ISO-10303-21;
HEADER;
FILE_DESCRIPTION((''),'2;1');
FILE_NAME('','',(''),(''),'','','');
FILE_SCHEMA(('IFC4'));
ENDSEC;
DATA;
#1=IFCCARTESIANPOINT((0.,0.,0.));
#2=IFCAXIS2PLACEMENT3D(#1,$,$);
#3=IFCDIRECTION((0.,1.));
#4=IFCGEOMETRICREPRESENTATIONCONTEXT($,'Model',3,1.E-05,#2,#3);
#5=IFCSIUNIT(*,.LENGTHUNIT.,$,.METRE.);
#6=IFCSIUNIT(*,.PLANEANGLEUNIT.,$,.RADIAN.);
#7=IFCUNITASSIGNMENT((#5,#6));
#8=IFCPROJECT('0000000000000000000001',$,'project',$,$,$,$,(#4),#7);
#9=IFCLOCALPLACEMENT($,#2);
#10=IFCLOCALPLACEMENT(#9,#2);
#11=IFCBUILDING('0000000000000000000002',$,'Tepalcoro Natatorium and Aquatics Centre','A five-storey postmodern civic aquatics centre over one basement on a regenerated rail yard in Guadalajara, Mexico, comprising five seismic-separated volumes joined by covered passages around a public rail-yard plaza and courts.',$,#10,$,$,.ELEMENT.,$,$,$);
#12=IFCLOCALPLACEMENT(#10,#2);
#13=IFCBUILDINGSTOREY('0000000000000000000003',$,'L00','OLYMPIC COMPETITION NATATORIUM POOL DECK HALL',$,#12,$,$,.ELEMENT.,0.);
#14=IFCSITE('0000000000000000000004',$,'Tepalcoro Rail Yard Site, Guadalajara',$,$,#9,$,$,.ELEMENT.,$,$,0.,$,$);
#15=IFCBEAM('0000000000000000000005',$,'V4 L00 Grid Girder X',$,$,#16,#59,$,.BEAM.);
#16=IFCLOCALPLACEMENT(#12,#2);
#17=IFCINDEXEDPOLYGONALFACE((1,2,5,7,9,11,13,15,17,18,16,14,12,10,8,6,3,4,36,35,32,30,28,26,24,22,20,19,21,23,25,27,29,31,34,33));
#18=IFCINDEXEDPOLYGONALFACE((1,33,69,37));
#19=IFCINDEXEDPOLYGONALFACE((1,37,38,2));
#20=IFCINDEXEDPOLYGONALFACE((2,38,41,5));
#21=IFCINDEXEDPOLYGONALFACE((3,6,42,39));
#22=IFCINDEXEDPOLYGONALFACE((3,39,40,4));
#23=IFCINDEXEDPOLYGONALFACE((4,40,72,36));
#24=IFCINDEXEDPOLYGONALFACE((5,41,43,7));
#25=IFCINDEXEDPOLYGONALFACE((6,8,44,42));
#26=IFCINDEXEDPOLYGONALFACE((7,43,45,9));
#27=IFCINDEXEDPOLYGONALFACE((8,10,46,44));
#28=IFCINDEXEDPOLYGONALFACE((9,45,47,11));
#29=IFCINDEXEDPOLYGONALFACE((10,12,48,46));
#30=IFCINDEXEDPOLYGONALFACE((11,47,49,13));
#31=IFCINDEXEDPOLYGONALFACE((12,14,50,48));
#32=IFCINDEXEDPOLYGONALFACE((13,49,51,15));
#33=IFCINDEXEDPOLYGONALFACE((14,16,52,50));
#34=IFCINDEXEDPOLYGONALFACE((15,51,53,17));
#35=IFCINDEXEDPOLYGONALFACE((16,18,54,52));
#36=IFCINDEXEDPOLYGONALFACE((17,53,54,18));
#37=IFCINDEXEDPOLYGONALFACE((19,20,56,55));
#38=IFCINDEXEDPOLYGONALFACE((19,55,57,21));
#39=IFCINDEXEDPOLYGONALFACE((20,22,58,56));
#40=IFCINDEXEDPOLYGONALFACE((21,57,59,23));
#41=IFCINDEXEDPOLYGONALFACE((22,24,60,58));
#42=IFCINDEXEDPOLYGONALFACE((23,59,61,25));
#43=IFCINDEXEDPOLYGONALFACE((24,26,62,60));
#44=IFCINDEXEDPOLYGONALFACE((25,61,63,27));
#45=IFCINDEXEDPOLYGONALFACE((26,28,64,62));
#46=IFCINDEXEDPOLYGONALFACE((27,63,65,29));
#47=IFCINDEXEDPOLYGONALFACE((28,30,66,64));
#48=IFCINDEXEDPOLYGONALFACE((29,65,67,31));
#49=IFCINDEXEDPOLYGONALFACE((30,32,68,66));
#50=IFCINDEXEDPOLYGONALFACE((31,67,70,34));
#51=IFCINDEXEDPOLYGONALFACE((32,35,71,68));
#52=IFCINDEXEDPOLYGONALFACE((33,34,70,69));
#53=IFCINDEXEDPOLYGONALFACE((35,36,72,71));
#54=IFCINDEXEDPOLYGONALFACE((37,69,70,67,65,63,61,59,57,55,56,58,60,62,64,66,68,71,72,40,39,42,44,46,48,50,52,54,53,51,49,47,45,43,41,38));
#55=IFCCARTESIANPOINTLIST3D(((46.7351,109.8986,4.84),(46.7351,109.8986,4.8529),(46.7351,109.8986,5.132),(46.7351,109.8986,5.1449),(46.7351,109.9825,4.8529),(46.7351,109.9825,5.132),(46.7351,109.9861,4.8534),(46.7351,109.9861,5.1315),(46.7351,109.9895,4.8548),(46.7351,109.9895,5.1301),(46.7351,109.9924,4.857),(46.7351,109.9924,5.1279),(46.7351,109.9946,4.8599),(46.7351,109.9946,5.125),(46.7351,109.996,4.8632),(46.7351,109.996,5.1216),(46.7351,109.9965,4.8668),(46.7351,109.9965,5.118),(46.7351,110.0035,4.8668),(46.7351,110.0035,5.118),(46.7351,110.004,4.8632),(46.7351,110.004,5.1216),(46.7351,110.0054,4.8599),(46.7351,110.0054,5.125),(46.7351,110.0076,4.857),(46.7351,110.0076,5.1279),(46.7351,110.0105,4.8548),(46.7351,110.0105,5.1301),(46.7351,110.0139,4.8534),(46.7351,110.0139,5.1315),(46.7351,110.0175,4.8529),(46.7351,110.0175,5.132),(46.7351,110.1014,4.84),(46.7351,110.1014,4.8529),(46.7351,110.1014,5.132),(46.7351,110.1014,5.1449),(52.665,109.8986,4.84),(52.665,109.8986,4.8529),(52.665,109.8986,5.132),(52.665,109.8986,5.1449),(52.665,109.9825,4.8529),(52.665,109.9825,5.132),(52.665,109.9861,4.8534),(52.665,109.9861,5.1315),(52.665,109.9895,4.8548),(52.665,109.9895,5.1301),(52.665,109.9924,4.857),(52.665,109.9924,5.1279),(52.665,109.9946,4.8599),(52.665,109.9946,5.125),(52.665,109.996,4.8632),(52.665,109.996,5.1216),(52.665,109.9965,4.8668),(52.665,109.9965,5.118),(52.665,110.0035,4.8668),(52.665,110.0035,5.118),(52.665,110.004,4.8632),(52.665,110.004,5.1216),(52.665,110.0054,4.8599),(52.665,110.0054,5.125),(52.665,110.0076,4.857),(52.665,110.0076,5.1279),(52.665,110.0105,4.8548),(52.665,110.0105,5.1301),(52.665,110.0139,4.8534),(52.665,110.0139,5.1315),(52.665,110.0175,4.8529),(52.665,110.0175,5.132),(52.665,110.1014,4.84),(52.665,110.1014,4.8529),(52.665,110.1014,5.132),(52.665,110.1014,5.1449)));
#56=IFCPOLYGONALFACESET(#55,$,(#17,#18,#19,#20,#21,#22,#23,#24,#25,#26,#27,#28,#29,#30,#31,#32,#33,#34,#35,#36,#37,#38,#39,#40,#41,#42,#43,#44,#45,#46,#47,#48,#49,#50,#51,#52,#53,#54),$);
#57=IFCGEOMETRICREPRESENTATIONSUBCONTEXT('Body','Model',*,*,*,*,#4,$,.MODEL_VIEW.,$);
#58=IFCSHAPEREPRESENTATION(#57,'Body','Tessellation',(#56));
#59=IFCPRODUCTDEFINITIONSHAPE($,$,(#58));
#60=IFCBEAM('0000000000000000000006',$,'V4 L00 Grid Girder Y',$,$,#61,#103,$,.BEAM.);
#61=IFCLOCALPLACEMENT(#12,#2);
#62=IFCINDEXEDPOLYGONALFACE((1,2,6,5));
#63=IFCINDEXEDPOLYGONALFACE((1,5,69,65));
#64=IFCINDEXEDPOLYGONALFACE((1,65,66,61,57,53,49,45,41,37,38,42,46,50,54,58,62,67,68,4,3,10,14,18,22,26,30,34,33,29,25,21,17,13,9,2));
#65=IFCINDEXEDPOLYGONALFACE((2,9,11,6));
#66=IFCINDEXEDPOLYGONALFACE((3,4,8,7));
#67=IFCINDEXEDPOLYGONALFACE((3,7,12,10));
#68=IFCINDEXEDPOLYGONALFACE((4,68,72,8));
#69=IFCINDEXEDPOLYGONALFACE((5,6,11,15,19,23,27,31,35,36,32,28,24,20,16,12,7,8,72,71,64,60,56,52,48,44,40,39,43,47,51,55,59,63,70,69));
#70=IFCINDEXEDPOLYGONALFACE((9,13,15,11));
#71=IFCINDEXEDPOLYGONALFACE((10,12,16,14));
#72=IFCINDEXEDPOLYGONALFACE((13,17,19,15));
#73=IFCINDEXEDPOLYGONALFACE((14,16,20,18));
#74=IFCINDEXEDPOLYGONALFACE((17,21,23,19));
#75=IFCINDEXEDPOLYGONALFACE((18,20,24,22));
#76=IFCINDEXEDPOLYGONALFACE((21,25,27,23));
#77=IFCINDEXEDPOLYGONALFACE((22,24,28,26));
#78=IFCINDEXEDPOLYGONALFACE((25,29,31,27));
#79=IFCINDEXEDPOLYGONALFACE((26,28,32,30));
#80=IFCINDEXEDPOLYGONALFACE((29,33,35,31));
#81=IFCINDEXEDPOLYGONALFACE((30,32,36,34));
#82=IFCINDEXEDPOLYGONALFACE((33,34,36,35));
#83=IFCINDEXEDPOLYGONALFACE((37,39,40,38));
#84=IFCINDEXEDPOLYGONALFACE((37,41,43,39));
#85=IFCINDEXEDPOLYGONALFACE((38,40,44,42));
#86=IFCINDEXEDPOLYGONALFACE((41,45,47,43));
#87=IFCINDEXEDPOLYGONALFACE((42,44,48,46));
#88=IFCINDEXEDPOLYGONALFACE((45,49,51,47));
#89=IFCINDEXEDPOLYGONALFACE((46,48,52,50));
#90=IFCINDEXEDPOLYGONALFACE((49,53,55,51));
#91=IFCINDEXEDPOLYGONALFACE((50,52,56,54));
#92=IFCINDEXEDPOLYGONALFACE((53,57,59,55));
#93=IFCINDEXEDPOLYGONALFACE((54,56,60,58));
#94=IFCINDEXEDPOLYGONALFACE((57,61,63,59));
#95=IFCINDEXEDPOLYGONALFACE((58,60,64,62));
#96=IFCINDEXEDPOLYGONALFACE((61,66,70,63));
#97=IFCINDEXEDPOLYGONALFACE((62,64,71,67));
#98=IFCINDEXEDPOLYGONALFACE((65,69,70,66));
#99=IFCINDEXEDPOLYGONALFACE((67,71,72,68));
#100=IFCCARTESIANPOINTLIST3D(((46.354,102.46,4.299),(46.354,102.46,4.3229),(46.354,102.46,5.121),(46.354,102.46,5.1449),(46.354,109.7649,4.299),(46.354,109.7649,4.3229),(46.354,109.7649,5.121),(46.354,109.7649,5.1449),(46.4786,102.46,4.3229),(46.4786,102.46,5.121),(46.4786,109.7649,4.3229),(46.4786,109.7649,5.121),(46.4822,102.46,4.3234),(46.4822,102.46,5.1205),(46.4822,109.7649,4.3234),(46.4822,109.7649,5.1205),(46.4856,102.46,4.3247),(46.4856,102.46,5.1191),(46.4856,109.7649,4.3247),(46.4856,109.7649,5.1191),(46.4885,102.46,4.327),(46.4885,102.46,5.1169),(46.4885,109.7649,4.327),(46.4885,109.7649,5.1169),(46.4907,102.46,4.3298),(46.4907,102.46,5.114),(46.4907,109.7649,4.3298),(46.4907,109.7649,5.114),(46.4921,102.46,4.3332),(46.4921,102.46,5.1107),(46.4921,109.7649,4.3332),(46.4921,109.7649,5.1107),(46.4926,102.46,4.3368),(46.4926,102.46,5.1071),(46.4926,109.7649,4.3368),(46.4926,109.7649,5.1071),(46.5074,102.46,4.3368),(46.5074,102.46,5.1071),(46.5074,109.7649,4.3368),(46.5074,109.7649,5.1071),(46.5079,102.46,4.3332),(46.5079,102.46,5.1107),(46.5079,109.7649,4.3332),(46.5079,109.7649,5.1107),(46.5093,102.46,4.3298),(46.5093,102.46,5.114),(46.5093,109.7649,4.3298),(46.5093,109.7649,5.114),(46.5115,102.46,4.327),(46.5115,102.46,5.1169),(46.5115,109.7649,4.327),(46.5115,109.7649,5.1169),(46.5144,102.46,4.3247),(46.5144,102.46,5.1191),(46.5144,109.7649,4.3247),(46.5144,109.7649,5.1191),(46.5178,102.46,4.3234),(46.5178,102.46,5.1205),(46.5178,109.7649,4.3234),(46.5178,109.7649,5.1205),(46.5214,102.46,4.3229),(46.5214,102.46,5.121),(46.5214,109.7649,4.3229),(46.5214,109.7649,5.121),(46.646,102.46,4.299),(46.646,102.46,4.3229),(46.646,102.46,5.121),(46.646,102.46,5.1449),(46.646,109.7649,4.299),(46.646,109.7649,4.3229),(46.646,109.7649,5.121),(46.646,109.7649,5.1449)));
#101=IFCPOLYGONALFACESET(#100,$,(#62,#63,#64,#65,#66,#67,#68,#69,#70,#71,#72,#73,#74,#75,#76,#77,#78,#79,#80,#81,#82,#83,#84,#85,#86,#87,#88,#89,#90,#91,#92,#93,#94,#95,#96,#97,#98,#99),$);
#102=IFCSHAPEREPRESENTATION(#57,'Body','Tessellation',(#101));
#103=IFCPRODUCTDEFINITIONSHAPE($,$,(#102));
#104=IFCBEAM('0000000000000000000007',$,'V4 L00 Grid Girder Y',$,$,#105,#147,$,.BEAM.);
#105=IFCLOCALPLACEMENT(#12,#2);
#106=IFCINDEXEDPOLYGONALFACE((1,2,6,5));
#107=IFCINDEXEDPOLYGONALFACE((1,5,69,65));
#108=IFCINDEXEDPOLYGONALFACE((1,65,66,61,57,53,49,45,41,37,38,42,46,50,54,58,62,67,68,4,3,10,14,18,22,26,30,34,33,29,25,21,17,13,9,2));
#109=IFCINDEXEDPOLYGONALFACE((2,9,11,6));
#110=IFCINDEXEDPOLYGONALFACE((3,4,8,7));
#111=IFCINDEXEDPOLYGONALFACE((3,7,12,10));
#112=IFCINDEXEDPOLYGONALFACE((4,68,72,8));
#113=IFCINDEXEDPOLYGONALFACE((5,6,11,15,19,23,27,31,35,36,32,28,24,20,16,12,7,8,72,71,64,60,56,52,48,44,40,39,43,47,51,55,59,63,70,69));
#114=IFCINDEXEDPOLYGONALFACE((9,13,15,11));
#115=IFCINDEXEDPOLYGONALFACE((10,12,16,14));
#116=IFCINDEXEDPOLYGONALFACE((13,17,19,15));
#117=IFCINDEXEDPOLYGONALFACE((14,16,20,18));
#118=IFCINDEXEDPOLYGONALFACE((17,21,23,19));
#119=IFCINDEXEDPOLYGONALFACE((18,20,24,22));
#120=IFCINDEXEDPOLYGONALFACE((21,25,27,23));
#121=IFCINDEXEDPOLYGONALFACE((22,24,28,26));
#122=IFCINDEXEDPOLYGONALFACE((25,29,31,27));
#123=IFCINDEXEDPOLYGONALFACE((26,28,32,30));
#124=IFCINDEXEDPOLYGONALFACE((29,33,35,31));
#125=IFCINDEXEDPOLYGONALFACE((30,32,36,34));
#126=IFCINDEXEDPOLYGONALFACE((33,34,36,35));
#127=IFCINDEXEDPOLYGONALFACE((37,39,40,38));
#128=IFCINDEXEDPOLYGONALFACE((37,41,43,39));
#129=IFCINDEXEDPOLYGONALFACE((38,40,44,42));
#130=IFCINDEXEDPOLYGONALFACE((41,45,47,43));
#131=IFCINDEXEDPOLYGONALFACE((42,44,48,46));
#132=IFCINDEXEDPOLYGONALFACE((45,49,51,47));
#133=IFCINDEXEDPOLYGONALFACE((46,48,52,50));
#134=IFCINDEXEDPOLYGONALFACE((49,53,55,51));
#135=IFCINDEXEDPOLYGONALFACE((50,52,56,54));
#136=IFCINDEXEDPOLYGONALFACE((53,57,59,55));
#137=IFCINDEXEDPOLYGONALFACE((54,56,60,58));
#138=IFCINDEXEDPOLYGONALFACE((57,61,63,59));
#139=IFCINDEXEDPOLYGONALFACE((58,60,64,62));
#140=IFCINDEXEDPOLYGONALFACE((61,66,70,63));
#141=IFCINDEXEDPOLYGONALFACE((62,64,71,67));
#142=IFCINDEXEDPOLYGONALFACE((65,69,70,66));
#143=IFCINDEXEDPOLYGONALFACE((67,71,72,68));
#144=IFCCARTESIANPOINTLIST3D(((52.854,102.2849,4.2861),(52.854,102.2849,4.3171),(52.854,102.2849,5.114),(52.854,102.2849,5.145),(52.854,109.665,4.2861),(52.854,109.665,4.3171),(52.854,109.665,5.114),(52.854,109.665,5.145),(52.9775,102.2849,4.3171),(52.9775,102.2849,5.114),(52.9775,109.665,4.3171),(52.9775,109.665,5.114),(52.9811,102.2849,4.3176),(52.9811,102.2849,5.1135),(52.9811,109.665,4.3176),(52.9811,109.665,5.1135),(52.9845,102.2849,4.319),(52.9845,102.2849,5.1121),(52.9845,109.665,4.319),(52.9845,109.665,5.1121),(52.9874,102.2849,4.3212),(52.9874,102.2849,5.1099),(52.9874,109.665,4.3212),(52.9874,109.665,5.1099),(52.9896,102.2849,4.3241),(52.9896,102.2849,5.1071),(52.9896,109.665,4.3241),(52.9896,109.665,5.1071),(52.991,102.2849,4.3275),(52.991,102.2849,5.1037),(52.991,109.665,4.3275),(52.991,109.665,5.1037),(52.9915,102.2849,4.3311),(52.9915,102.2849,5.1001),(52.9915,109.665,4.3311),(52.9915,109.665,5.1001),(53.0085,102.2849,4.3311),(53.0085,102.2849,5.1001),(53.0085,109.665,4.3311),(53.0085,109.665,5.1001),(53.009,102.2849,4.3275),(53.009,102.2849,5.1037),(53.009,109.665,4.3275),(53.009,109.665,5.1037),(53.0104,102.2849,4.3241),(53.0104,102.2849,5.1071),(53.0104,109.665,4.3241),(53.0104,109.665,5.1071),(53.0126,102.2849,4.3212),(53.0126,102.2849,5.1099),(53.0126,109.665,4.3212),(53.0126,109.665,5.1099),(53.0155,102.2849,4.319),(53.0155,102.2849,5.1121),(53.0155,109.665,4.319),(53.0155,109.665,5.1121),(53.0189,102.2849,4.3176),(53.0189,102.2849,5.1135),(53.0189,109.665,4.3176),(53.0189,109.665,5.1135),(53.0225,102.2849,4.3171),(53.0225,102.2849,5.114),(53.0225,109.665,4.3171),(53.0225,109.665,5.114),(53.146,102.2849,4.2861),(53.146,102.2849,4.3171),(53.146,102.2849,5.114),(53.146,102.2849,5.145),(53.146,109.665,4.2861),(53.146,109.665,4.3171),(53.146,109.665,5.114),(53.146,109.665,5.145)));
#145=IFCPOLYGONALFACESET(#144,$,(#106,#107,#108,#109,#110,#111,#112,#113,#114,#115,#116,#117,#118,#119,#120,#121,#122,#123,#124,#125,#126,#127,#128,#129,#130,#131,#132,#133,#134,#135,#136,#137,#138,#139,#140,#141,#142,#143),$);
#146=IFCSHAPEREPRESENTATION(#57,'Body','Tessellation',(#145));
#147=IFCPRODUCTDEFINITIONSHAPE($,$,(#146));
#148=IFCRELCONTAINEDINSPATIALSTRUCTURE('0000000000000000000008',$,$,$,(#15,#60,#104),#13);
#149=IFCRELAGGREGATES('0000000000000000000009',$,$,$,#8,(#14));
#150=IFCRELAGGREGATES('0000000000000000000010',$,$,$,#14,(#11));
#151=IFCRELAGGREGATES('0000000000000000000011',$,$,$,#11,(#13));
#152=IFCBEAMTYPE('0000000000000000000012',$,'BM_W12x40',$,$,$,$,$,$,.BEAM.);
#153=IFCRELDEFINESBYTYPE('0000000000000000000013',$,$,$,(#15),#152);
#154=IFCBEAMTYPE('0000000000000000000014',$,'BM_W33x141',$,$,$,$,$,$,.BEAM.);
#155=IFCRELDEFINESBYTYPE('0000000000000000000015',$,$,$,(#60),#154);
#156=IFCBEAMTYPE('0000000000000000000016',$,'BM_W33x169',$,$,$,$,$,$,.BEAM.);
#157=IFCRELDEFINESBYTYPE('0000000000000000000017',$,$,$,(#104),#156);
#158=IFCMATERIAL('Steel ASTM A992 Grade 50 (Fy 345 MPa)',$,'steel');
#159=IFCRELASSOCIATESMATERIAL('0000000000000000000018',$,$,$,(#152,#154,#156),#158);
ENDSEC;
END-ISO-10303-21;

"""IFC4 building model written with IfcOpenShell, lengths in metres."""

from ifc_helpers import new_model, si_unit, direction, frame, origin, origin_2d, place, context, subcontext, project, spatial, i_section, extrude, material, material_profile, profile_set, type_object, element, save


model = new_model("IFC4")

# Units and contexts
model_context = context("Model", 3, precision=1e-05, world=origin(), true_north=direction((0.0, 1.0)))
body_context = subcontext(model_context, "Body", "Model", "MODEL_VIEW")
ifc_project = project(units=[si_unit("LENGTHUNIT", "METRE"), si_unit("PLANEANGLEUNIT", "RADIAN")], contexts=[model_context])

# Site, building, storey
site_placement = place(None, origin())
site = spatial("IfcSite", under=ifc_project, at=site_placement, Name="Tepalcoro Rail Yard Site, Guadalajara", CompositionType="ELEMENT", RefElevation=0.0)
building_placement = place(site_placement, origin())
building = spatial("IfcBuilding", under=site, at=building_placement, Name="Tepalcoro Natatorium and Aquatics Centre", Description="A five-storey postmodern civic aquatics centre over one basement on a regenerated rail yard in Guadalajara, Mexico, comprising five seismic-separated volumes joined by covered passages around a public rail-yard plaza and courts.", CompositionType="ELEMENT")
storey_placement = place(building_placement, origin())
storey = spatial("IfcBuildingStorey", under=building, at=storey_placement, Name="L00", Description="OLYMPIC COMPETITION NATATORIUM POOL DECK HALL", CompositionType="ELEMENT", Elevation=0.0)

# Beams
ifc_material_1 = material(Name="Steel ASTM A992 Grade 50 (Fy 345 MPa)", Category="steel")
ifc_material_profile_1 = material_profile(ifc_material_1, i_section(OverallWidth=0.2029, OverallDepth=0.3049, WebThickness=0.0071, FlangeThickness=0.0129, FilletRadius=0.0139, at=origin_2d()), Name="W12X40")
ifc_profile_set_1 = profile_set([ifc_material_profile_1], Name="Steel ASTM A992 Grade 50 (Fy 345 MPa)")
beam_type_1 = type_object("IfcBeamType", Name="BM_W12x40", PredefinedType="BEAM", material=ifc_profile_set_1)
beam_1_placement = place(storey_placement, frame((46.7351, 110.0, 4.9924), z_axis=(1.0, 0.0, 0.0), x_axis=(0.0, 1.0, 0.0)))
element("IfcBeam", 1, at=beam_1_placement, inside=storey, type_object=beam_type_1, Name="V4 L00 Grid Girder X", PredefinedType="BEAM", context=body_context, shape_type="SweptSolid", body=[
    extrude(i_section(OverallWidth=0.2029, OverallDepth=0.3049, WebThickness=0.0071, FlangeThickness=0.0129, FilletRadius=0.0139, at=origin_2d()), origin(), (0.0, 0.0, 1.0), 5.9299),
])
ifc_material_profile_2 = material_profile(ifc_material_1, i_section(OverallWidth=0.292, OverallDepth=0.8459, WebThickness=0.0149, FlangeThickness=0.0239, FilletRadius=0.0139, at=origin_2d()), Name="W33X141")
ifc_profile_set_2 = profile_set([ifc_material_profile_2], Name="Steel ASTM A992 Grade 50 (Fy 345 MPa)")
beam_type_2 = type_object("IfcBeamType", Name="BM_W33x141", PredefinedType="BEAM", material=ifc_profile_set_2)
beam_2_placement = place(storey_placement, frame((46.5, 102.46, 4.7219), z_axis=(0.0, 1.0, 0.0), x_axis=(-1.0, 0.0, 0.0)))
element("IfcBeam", 2, at=beam_2_placement, inside=storey, type_object=beam_type_2, Name="V4 L00 Grid Girder Y", PredefinedType="BEAM", context=body_context, shape_type="SweptSolid", body=[
    extrude(i_section(OverallWidth=0.292, OverallDepth=0.8459, WebThickness=0.0149, FlangeThickness=0.0239, FilletRadius=0.0139, at=origin_2d()), origin(), (0.0, 0.0, 1.0), 7.3049),
])
ifc_material_profile_3 = material_profile(ifc_material_1, i_section(OverallWidth=0.292, OverallDepth=0.8589, WebThickness=0.0171, FlangeThickness=0.031, FilletRadius=0.0139, at=origin_2d()), Name="W33X169")
ifc_profile_set_3 = profile_set([ifc_material_profile_3], Name="Steel ASTM A992 Grade 50 (Fy 345 MPa)")
beam_type_3 = type_object("IfcBeamType", Name="BM_W33x169", PredefinedType="BEAM", material=ifc_profile_set_3)
beam_3_placement = place(storey_placement, frame((53.0, 102.2849, 4.7156), z_axis=(0.0, 1.0, 0.0), x_axis=(-1.0, 0.0, 0.0)))
element("IfcBeam", 3, at=beam_3_placement, inside=storey, type_object=beam_type_3, Name="V4 L00 Grid Girder Y", PredefinedType="BEAM", context=body_context, shape_type="SweptSolid", body=[
    extrude(i_section(OverallWidth=0.292, OverallDepth=0.8589, WebThickness=0.0171, FlangeThickness=0.031, FilletRadius=0.0139, at=origin_2d()), origin(), (0.0, 0.0, 1.0), 7.3801),
])

save(model, "model.ifc")
